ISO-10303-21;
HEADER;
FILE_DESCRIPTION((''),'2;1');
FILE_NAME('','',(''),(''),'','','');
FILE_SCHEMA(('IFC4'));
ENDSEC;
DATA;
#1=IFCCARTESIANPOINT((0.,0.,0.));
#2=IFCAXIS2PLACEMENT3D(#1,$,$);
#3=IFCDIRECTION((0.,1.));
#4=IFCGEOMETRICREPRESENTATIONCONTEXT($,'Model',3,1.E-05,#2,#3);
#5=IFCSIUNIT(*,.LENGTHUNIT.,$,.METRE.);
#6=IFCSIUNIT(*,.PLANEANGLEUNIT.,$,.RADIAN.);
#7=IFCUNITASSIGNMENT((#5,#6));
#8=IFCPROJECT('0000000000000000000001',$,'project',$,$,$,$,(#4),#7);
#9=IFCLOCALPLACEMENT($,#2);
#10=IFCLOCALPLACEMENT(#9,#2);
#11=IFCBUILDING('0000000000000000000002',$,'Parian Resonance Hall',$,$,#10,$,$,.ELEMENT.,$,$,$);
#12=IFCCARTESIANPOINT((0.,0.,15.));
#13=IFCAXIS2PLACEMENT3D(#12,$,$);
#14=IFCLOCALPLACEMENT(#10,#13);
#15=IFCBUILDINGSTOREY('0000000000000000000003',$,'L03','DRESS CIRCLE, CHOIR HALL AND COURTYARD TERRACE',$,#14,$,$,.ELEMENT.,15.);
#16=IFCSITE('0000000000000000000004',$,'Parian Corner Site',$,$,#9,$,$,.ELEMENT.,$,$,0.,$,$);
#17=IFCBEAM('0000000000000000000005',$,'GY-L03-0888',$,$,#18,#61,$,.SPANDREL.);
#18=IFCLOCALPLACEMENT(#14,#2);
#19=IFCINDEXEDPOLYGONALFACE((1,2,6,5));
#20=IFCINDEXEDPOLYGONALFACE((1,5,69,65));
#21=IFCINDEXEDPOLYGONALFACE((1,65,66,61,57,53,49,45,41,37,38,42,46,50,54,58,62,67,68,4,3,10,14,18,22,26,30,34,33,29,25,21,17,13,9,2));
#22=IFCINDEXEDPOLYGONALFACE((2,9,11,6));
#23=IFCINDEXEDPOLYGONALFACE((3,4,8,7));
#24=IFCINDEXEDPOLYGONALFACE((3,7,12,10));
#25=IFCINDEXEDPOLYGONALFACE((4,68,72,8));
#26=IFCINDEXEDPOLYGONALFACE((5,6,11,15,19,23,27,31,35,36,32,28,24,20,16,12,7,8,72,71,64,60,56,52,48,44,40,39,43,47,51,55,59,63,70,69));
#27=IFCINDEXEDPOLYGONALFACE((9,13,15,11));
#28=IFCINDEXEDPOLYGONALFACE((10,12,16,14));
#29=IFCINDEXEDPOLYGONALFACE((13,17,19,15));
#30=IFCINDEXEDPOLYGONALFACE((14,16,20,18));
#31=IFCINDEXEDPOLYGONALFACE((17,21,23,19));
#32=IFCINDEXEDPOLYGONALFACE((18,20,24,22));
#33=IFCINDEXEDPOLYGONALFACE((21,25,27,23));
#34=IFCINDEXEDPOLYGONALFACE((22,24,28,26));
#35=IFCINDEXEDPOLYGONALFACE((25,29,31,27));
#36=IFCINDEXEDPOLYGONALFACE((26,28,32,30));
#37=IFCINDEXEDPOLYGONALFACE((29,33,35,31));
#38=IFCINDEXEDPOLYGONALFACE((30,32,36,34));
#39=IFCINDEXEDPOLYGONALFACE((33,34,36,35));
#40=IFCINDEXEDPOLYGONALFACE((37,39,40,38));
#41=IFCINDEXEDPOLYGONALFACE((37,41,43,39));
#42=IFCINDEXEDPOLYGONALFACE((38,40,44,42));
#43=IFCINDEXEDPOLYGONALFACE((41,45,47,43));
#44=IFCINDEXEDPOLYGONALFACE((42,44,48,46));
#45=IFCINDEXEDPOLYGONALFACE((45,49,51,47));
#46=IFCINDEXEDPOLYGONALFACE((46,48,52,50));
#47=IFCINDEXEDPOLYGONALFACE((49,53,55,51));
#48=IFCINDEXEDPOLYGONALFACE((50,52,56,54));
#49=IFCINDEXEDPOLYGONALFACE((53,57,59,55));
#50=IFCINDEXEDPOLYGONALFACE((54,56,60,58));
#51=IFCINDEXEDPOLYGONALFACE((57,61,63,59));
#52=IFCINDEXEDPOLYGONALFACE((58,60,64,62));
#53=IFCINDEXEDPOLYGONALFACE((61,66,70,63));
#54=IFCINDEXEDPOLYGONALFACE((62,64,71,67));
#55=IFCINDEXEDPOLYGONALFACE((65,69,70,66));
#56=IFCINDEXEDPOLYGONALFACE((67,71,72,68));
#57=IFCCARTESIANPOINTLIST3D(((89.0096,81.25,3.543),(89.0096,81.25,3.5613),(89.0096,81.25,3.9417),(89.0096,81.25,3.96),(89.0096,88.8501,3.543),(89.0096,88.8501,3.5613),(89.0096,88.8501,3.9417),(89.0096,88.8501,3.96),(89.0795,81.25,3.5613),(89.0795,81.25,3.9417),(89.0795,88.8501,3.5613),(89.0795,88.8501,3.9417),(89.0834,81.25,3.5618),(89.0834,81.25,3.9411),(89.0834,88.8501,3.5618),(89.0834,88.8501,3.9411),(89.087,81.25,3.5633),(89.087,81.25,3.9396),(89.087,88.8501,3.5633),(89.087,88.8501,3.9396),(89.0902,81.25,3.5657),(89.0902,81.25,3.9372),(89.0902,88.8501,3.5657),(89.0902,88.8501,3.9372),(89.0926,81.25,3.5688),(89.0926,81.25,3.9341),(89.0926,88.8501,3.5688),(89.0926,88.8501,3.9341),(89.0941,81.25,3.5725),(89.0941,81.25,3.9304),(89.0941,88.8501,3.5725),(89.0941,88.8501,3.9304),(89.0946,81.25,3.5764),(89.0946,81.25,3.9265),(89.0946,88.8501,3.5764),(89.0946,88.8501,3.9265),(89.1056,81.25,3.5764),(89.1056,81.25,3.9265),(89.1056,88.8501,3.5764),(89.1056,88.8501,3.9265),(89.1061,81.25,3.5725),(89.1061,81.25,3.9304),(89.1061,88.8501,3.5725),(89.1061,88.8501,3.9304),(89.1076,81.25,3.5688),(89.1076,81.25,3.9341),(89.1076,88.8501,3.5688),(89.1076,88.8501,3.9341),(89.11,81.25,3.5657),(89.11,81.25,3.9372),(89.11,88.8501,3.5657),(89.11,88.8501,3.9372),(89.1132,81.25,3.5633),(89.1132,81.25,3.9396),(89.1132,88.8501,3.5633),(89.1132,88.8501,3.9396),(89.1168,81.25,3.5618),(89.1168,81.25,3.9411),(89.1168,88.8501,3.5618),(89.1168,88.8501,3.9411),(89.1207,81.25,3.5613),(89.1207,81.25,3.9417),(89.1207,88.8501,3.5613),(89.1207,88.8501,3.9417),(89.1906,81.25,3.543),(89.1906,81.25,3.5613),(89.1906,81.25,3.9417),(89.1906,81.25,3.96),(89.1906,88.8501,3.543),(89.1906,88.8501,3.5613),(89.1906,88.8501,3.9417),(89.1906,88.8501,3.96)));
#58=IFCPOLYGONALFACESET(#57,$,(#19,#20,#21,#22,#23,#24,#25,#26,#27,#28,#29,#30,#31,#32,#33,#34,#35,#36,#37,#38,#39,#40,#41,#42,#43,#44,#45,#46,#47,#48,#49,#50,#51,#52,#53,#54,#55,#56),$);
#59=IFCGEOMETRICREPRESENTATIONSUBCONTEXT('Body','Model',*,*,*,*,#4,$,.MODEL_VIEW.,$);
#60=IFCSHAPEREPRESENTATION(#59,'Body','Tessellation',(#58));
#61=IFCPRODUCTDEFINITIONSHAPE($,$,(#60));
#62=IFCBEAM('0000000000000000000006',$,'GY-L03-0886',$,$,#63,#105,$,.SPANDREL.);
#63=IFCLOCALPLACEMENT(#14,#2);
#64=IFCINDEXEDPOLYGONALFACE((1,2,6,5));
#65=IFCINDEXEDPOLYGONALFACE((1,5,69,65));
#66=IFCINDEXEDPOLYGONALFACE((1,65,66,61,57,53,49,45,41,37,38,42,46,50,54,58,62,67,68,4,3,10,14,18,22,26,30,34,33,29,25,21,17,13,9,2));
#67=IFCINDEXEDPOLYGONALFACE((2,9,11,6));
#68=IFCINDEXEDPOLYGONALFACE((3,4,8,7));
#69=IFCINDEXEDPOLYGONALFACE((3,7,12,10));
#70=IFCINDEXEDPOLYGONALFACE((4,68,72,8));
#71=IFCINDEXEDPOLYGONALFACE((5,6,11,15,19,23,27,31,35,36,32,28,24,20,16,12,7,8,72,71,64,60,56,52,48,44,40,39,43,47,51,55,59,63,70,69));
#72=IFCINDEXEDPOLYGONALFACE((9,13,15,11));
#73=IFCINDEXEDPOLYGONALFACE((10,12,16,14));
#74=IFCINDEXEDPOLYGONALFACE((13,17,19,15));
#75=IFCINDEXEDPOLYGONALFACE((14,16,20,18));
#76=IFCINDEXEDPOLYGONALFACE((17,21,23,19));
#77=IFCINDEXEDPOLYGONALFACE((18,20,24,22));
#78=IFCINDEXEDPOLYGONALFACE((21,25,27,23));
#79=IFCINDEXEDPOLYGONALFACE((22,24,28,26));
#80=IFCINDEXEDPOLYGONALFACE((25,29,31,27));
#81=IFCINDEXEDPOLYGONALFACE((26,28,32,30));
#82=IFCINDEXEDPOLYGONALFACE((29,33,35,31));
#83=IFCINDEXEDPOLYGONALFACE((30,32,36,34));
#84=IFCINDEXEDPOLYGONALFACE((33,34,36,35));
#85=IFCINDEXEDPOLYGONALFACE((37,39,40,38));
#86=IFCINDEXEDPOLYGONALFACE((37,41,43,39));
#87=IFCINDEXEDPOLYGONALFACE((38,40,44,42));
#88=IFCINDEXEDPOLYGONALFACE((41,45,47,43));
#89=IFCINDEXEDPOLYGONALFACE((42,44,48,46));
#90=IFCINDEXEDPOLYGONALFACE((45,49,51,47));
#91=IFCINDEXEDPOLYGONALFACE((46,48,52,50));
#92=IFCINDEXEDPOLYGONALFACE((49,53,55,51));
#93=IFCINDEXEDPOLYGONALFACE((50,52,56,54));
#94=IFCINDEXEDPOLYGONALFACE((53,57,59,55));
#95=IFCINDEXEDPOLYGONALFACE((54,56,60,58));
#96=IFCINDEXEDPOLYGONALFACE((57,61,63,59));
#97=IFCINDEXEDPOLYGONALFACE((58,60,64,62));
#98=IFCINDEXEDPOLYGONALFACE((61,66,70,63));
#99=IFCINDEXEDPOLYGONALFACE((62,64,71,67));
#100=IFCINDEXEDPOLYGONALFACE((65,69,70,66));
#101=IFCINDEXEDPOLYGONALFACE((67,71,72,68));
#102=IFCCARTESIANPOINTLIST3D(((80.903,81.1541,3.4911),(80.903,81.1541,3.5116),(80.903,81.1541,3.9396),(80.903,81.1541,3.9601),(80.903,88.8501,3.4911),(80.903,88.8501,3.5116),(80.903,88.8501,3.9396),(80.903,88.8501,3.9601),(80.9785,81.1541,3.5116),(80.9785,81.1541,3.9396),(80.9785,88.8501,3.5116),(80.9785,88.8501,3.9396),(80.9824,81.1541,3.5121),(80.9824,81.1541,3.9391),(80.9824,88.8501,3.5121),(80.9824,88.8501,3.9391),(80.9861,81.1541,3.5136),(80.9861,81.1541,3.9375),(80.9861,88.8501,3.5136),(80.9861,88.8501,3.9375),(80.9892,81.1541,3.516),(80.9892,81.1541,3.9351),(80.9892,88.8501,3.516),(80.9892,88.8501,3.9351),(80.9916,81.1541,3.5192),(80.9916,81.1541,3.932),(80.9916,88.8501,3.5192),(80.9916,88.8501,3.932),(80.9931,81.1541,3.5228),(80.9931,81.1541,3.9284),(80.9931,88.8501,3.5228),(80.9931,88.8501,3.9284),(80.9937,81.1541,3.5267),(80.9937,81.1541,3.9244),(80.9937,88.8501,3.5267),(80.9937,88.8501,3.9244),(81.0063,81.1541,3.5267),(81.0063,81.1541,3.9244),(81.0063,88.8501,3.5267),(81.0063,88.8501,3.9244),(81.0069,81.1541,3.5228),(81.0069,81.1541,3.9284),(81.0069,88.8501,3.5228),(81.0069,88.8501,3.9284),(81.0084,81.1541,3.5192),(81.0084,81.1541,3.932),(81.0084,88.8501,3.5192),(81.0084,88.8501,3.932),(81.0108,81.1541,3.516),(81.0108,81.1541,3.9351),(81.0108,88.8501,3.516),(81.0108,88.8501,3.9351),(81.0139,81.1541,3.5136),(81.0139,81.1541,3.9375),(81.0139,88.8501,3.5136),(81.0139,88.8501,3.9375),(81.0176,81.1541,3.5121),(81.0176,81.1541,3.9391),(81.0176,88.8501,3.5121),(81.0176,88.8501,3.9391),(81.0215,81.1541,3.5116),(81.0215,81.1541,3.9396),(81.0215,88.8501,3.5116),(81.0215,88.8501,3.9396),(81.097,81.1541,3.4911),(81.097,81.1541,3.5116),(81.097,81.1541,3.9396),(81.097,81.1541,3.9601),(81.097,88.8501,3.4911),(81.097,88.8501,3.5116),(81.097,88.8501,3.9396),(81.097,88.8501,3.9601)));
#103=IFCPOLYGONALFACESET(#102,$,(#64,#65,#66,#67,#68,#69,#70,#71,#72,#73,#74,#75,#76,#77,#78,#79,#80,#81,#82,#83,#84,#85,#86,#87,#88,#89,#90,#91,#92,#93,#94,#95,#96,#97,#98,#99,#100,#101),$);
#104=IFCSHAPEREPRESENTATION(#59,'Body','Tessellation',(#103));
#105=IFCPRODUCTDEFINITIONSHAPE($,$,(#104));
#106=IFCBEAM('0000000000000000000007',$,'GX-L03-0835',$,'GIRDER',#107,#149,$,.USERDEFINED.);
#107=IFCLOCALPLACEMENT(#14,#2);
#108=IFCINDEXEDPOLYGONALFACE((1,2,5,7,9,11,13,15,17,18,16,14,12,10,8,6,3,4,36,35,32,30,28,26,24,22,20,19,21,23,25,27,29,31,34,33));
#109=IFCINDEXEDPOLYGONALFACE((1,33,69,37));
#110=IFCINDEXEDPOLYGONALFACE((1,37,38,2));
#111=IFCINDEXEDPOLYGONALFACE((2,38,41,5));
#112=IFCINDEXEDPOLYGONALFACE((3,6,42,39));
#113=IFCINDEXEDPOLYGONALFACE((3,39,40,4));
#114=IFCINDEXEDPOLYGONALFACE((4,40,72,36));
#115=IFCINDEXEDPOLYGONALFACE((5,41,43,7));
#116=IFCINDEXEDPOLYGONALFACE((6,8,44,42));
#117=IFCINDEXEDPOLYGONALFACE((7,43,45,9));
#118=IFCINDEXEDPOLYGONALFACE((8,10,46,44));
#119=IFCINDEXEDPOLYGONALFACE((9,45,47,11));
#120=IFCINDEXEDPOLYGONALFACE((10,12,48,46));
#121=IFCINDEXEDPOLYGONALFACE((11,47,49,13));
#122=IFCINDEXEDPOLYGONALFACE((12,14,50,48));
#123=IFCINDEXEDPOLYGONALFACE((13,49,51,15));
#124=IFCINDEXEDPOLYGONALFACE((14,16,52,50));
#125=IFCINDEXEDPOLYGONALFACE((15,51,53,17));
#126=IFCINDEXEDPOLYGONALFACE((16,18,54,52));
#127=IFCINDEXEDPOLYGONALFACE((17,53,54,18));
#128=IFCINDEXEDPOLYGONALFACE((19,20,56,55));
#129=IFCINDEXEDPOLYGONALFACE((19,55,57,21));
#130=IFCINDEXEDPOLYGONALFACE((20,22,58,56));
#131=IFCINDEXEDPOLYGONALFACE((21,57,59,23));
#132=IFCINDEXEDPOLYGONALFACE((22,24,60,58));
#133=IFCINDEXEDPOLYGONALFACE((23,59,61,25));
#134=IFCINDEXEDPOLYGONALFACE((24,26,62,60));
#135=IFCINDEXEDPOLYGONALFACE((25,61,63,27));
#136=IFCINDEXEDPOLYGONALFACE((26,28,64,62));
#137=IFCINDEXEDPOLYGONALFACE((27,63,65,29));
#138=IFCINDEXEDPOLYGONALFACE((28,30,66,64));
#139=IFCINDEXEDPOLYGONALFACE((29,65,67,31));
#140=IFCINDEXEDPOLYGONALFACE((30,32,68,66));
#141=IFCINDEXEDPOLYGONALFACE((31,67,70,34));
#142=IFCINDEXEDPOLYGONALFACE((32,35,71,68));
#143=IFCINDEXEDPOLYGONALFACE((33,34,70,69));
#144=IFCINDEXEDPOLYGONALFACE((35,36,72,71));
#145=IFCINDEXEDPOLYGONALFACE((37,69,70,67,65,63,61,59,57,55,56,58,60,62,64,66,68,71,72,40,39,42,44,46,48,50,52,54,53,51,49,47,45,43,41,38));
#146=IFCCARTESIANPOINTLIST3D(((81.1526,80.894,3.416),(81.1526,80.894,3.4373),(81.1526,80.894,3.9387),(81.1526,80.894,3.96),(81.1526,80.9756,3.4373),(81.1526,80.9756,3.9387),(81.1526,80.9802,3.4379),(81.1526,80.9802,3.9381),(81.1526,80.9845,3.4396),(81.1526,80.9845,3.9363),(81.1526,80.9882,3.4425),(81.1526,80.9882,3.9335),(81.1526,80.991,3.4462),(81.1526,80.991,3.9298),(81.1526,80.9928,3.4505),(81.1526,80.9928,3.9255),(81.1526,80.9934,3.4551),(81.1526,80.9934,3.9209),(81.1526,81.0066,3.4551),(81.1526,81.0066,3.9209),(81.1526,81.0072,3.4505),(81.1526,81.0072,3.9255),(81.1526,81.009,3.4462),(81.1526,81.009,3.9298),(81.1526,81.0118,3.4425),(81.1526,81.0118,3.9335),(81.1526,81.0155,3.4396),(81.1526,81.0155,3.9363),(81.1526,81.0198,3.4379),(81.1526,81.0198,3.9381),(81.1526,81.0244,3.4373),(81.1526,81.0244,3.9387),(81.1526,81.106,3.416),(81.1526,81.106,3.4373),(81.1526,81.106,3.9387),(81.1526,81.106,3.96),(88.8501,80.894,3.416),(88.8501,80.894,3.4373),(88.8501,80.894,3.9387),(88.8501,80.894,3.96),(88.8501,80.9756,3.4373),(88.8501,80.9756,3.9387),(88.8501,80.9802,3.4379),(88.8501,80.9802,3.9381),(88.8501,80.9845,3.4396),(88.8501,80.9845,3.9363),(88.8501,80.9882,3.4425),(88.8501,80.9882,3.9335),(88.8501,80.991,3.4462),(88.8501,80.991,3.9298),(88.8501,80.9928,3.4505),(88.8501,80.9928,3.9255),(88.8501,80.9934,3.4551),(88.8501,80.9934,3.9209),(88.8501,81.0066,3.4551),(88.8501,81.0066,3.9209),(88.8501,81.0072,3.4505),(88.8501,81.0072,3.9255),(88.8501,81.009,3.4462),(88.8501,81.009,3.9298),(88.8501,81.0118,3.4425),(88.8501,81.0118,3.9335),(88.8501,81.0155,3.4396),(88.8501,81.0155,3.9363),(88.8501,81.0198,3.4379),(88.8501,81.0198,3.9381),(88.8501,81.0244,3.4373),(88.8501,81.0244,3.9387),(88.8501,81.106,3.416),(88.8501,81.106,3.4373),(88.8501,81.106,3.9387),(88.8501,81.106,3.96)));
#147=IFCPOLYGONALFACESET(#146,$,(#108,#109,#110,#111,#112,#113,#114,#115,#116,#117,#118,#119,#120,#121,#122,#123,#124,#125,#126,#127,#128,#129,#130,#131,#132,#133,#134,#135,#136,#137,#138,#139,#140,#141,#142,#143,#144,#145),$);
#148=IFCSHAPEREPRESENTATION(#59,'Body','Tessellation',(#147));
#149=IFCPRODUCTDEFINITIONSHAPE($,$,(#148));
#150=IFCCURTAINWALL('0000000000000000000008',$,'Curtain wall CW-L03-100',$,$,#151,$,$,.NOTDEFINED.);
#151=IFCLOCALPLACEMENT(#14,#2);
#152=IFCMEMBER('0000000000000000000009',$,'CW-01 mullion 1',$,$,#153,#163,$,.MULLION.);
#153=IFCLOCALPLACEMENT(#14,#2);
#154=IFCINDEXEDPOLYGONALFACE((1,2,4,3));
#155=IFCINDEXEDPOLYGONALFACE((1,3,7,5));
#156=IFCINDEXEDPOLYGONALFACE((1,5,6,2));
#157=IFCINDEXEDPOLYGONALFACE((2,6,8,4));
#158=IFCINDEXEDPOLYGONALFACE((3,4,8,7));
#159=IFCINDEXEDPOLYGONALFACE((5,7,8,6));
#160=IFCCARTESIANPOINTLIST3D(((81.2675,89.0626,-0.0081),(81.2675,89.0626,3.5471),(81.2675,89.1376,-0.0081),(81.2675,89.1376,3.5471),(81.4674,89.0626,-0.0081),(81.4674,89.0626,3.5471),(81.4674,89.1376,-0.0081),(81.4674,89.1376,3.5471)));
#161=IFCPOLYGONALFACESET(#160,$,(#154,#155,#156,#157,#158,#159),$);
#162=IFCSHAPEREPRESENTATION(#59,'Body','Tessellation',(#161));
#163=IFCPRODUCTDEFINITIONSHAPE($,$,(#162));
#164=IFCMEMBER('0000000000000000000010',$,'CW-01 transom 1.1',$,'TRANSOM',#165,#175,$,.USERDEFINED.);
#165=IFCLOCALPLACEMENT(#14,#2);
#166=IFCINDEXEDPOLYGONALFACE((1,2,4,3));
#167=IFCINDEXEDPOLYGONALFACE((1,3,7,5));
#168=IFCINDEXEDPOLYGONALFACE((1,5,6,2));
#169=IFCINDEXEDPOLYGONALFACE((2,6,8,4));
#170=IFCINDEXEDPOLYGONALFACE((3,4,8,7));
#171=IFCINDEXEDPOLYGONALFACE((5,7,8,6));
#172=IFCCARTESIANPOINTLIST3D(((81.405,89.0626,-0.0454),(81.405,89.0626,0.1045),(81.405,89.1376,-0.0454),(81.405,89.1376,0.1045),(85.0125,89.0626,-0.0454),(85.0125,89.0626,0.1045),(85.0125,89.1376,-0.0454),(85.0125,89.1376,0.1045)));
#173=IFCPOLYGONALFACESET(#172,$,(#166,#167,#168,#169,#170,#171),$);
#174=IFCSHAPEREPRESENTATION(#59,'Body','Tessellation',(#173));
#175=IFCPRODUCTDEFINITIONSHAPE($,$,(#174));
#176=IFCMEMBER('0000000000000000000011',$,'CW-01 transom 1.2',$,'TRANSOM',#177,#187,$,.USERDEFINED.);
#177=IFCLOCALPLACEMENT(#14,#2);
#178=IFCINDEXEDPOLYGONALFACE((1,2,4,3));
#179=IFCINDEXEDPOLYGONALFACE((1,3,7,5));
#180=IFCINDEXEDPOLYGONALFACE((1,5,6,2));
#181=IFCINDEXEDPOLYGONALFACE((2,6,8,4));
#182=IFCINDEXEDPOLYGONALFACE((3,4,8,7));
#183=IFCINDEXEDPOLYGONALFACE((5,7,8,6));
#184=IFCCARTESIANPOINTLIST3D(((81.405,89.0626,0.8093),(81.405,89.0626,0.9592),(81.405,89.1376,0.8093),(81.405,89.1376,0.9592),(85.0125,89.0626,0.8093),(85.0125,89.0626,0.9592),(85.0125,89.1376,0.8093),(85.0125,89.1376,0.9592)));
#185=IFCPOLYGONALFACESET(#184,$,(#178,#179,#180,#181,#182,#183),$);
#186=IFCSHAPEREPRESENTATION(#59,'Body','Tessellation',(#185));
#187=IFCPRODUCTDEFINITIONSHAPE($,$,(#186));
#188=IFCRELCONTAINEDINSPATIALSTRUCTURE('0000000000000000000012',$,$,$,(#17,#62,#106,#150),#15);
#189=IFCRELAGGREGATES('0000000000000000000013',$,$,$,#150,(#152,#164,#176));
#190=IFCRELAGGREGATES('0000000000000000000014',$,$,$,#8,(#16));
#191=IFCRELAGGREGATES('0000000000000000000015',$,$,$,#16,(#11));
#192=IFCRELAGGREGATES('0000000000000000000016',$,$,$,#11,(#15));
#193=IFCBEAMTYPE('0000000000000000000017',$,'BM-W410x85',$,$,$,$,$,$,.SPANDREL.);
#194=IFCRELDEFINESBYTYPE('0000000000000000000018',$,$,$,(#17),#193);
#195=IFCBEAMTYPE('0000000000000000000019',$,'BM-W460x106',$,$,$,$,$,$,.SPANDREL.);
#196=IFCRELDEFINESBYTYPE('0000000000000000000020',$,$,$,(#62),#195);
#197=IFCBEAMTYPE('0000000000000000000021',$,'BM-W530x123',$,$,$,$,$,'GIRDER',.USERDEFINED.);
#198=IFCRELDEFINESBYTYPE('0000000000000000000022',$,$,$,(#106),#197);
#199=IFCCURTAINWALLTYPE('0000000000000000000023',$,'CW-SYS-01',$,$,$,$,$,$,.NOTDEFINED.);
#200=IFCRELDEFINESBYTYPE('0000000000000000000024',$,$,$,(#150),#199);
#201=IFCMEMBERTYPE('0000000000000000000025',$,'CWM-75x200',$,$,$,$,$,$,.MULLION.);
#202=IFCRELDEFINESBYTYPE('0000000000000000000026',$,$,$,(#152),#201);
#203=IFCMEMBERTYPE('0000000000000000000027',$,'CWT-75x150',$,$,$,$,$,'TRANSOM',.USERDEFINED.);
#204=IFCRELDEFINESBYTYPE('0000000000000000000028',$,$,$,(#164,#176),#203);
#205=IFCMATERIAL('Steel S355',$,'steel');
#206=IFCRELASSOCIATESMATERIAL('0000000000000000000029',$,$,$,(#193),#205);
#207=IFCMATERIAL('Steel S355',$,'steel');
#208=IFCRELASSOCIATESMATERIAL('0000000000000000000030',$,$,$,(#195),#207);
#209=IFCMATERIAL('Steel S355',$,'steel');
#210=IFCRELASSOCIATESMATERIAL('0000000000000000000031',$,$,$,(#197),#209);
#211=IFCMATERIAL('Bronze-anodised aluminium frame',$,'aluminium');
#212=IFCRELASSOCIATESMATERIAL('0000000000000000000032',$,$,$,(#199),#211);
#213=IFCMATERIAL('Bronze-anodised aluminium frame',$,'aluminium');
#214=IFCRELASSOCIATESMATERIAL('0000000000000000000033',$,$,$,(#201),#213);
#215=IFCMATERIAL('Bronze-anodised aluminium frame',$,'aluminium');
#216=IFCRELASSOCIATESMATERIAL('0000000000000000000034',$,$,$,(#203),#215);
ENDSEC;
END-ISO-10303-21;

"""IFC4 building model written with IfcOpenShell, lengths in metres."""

from ifc_helpers import new_model, si_unit, direction, frame, origin, origin_2d, place, context, subcontext, project, spatial, rectangle, i_section, extrude, material, material_profile, profile_set, type_object, element, aggregate, save


model = new_model("IFC4")

# Units and contexts
model_context = context("Model", 3, precision=1e-05, world=origin(), true_north=direction((0.0, 1.0)))
body_context = subcontext(model_context, "Body", "Model", "MODEL_VIEW")
ifc_project = project(units=[si_unit("LENGTHUNIT", "METRE"), si_unit("PLANEANGLEUNIT", "RADIAN")], contexts=[model_context])

# Site, building, storey
site_placement = place(None, origin())
site = spatial("IfcSite", under=ifc_project, at=site_placement, Name="Parian Corner Site", CompositionType="ELEMENT", RefElevation=0.0)
building_placement = place(site_placement, origin())
building = spatial("IfcBuilding", under=site, at=building_placement, Name="Parian Resonance Hall", CompositionType="ELEMENT")
storey_placement = place(building_placement, frame((0.0, 0.0, 15.0)))
storey = spatial("IfcBuildingStorey", under=building, at=storey_placement, Name="L03", Description="DRESS CIRCLE, CHOIR HALL AND COURTYARD TERRACE", CompositionType="ELEMENT", Elevation=15.0)

# Beams
ifc_material_1 = material(Name="Steel S355", Category="steel")
ifc_material_profile_1 = material_profile(ifc_material_1, i_section(OverallWidth=0.1809, OverallDepth=0.417, WebThickness=0.011, FlangeThickness=0.0183, FilletRadius=0.0151, at=origin_2d()), Name="W410x85")
ifc_profile_set_1 = profile_set([ifc_material_profile_1], Name="Steel S355")
beam_type_1 = type_object("IfcBeamType", Name="BM-W410x85", PredefinedType="SPANDREL", material=ifc_profile_set_1)
beam_1_placement = place(storey_placement, frame((89.1001, 81.25, 3.7515), z_axis=(0.0, 1.0, 0.0), x_axis=(-1.0, 0.0, 0.0)))
element("IfcBeam", 1, at=beam_1_placement, inside=storey, type_object=beam_type_1, Name="GY-L03-0888", PredefinedType="SPANDREL", context=body_context, shape_type="SweptSolid", body=[
    extrude(i_section(OverallWidth=0.1809, OverallDepth=0.417, WebThickness=0.011, FlangeThickness=0.0183, FilletRadius=0.0151, at=origin_2d()), origin(), (0.0, 0.0, 1.0), 7.6001),
])
ifc_material_2 = material(Name="Steel S355", Category="steel")
ifc_material_profile_2 = material_profile(ifc_material_2, i_section(OverallWidth=0.1941, OverallDepth=0.469, WebThickness=0.0127, FlangeThickness=0.0205, FilletRadius=0.0151, at=origin_2d()), Name="W460x106")
ifc_profile_set_2 = profile_set([ifc_material_profile_2], Name="Steel S355")
beam_type_2 = type_object("IfcBeamType", Name="BM-W460x106", PredefinedType="SPANDREL", material=ifc_profile_set_2)
beam_2_placement = place(storey_placement, frame((81.0, 81.1541, 3.7256), z_axis=(0.0, 1.0, 0.0), x_axis=(-1.0, 0.0, 0.0)))
element("IfcBeam", 2, at=beam_2_placement, inside=storey, type_object=beam_type_2, Name="GY-L03-0886", PredefinedType="SPANDREL", context=body_context, shape_type="SweptSolid", body=[
    extrude(i_section(OverallWidth=0.1941, OverallDepth=0.469, WebThickness=0.0127, FlangeThickness=0.0205, FilletRadius=0.0151, at=origin_2d()), origin(), (0.0, 0.0, 1.0), 7.696),
])
ifc_material_3 = material(Name="Steel S355", Category="steel")
ifc_material_profile_3 = material_profile(ifc_material_3, i_section(OverallWidth=0.2119, OverallDepth=0.5439, WebThickness=0.0132, FlangeThickness=0.0212, FilletRadius=0.0178, at=origin_2d()), Name="W530x123")
ifc_profile_set_3 = profile_set([ifc_material_profile_3], Name="Steel S355")
beam_type_3 = type_object("IfcBeamType", Name="BM-W530x123", ElementType="GIRDER", PredefinedType="USERDEFINED", material=ifc_profile_set_3)
beam_3_placement = place(storey_placement, frame((81.1526, 81.0, 3.688), z_axis=(1.0, 0.0, 0.0), x_axis=(0.0, 1.0, 0.0)))
element("IfcBeam", 3, at=beam_3_placement, inside=storey, type_object=beam_type_3, Name="GX-L03-0835", ObjectType="GIRDER", PredefinedType="USERDEFINED", context=body_context, shape_type="SweptSolid", body=[
    extrude(i_section(OverallWidth=0.2119, OverallDepth=0.5439, WebThickness=0.0132, FlangeThickness=0.0212, FilletRadius=0.0178, at=origin_2d()), origin(), (0.0, 0.0, 1.0), 7.6975),
])

# Curtain wall, members
ifc_material_4 = material(Name="Bronze-anodised aluminium frame", Category="aluminium")
curtain_wall_type = type_object("IfcCurtainWallType", Name="CW-SYS-01", PredefinedType="NOTDEFINED", material=ifc_material_4)
curtain_wall_placement = place(storey_placement, origin())
curtain_wall = element("IfcCurtainWall", 4, at=curtain_wall_placement, inside=storey, type_object=curtain_wall_type, Name="Curtain wall CW-L03-100", PredefinedType="NOTDEFINED")
ifc_material_5 = material(Name="Bronze-anodised aluminium frame", Category="aluminium")
ifc_material_profile_4 = material_profile(ifc_material_5, rectangle(XDim=0.075, YDim=0.2, at=origin_2d()), Name="CWM-75x200")
ifc_profile_set_4 = profile_set([ifc_material_profile_4], Name="Bronze-anodised aluminium frame")
member_type_1 = type_object("IfcMemberType", Name="CWM-75x200", PredefinedType="MULLION", material=ifc_profile_set_4)
member_1_placement = place(storey_placement, frame((81.3674, 89.1001, -0.0081), z_axis=(0.0, 0.0, 1.0), x_axis=(0.0, 1.0, 0.0)))
member_1 = element("IfcMember", 5, at=member_1_placement, type_object=member_type_1, Name="CW-01 mullion 1", PredefinedType="MULLION", context=body_context, shape_type="SweptSolid", body=[
    extrude(rectangle(XDim=0.075, YDim=0.2, at=origin_2d()), origin(), (0.0, 0.0, 1.0), 3.5552),
])
ifc_material_6 = material(Name="Bronze-anodised aluminium frame", Category="aluminium")
ifc_material_profile_5 = material_profile(ifc_material_6, rectangle(XDim=0.075, YDim=0.1499, at=origin_2d()), Name="CWT-75x150")
ifc_profile_set_5 = profile_set([ifc_material_profile_5], Name="Bronze-anodised aluminium frame")
member_type_2 = type_object("IfcMemberType", Name="CWT-75x150", ElementType="TRANSOM", PredefinedType="USERDEFINED", material=ifc_profile_set_5)
member_2_placement = place(storey_placement, frame((81.405, 89.1001, 0.0295), z_axis=(1.0, 0.0, 0.0), x_axis=(0.0, 1.0, 0.0)))
member_2 = element("IfcMember", 6, at=member_2_placement, type_object=member_type_2, Name="CW-01 transom 1.1", ObjectType="TRANSOM", PredefinedType="USERDEFINED", context=body_context, shape_type="SweptSolid", body=[
    extrude(rectangle(XDim=0.075, YDim=0.1499, at=origin_2d()), origin(), (0.0, 0.0, 1.0), 3.6074),
])
member_3_placement = place(storey_placement, frame((81.405, 89.1001, 0.8843), z_axis=(1.0, 0.0, 0.0), x_axis=(0.0, 1.0, 0.0)))
member_3 = element("IfcMember", 7, at=member_3_placement, type_object=member_type_2, Name="CW-01 transom 1.2", ObjectType="TRANSOM", PredefinedType="USERDEFINED", context=body_context, shape_type="SweptSolid", body=[
    extrude(rectangle(XDim=0.075, YDim=0.1499, at=origin_2d()), origin(), (0.0, 0.0, 1.0), 3.6074),
])
aggregate(curtain_wall, [member_1, member_2, member_3])

save(model, "model.ifc")
